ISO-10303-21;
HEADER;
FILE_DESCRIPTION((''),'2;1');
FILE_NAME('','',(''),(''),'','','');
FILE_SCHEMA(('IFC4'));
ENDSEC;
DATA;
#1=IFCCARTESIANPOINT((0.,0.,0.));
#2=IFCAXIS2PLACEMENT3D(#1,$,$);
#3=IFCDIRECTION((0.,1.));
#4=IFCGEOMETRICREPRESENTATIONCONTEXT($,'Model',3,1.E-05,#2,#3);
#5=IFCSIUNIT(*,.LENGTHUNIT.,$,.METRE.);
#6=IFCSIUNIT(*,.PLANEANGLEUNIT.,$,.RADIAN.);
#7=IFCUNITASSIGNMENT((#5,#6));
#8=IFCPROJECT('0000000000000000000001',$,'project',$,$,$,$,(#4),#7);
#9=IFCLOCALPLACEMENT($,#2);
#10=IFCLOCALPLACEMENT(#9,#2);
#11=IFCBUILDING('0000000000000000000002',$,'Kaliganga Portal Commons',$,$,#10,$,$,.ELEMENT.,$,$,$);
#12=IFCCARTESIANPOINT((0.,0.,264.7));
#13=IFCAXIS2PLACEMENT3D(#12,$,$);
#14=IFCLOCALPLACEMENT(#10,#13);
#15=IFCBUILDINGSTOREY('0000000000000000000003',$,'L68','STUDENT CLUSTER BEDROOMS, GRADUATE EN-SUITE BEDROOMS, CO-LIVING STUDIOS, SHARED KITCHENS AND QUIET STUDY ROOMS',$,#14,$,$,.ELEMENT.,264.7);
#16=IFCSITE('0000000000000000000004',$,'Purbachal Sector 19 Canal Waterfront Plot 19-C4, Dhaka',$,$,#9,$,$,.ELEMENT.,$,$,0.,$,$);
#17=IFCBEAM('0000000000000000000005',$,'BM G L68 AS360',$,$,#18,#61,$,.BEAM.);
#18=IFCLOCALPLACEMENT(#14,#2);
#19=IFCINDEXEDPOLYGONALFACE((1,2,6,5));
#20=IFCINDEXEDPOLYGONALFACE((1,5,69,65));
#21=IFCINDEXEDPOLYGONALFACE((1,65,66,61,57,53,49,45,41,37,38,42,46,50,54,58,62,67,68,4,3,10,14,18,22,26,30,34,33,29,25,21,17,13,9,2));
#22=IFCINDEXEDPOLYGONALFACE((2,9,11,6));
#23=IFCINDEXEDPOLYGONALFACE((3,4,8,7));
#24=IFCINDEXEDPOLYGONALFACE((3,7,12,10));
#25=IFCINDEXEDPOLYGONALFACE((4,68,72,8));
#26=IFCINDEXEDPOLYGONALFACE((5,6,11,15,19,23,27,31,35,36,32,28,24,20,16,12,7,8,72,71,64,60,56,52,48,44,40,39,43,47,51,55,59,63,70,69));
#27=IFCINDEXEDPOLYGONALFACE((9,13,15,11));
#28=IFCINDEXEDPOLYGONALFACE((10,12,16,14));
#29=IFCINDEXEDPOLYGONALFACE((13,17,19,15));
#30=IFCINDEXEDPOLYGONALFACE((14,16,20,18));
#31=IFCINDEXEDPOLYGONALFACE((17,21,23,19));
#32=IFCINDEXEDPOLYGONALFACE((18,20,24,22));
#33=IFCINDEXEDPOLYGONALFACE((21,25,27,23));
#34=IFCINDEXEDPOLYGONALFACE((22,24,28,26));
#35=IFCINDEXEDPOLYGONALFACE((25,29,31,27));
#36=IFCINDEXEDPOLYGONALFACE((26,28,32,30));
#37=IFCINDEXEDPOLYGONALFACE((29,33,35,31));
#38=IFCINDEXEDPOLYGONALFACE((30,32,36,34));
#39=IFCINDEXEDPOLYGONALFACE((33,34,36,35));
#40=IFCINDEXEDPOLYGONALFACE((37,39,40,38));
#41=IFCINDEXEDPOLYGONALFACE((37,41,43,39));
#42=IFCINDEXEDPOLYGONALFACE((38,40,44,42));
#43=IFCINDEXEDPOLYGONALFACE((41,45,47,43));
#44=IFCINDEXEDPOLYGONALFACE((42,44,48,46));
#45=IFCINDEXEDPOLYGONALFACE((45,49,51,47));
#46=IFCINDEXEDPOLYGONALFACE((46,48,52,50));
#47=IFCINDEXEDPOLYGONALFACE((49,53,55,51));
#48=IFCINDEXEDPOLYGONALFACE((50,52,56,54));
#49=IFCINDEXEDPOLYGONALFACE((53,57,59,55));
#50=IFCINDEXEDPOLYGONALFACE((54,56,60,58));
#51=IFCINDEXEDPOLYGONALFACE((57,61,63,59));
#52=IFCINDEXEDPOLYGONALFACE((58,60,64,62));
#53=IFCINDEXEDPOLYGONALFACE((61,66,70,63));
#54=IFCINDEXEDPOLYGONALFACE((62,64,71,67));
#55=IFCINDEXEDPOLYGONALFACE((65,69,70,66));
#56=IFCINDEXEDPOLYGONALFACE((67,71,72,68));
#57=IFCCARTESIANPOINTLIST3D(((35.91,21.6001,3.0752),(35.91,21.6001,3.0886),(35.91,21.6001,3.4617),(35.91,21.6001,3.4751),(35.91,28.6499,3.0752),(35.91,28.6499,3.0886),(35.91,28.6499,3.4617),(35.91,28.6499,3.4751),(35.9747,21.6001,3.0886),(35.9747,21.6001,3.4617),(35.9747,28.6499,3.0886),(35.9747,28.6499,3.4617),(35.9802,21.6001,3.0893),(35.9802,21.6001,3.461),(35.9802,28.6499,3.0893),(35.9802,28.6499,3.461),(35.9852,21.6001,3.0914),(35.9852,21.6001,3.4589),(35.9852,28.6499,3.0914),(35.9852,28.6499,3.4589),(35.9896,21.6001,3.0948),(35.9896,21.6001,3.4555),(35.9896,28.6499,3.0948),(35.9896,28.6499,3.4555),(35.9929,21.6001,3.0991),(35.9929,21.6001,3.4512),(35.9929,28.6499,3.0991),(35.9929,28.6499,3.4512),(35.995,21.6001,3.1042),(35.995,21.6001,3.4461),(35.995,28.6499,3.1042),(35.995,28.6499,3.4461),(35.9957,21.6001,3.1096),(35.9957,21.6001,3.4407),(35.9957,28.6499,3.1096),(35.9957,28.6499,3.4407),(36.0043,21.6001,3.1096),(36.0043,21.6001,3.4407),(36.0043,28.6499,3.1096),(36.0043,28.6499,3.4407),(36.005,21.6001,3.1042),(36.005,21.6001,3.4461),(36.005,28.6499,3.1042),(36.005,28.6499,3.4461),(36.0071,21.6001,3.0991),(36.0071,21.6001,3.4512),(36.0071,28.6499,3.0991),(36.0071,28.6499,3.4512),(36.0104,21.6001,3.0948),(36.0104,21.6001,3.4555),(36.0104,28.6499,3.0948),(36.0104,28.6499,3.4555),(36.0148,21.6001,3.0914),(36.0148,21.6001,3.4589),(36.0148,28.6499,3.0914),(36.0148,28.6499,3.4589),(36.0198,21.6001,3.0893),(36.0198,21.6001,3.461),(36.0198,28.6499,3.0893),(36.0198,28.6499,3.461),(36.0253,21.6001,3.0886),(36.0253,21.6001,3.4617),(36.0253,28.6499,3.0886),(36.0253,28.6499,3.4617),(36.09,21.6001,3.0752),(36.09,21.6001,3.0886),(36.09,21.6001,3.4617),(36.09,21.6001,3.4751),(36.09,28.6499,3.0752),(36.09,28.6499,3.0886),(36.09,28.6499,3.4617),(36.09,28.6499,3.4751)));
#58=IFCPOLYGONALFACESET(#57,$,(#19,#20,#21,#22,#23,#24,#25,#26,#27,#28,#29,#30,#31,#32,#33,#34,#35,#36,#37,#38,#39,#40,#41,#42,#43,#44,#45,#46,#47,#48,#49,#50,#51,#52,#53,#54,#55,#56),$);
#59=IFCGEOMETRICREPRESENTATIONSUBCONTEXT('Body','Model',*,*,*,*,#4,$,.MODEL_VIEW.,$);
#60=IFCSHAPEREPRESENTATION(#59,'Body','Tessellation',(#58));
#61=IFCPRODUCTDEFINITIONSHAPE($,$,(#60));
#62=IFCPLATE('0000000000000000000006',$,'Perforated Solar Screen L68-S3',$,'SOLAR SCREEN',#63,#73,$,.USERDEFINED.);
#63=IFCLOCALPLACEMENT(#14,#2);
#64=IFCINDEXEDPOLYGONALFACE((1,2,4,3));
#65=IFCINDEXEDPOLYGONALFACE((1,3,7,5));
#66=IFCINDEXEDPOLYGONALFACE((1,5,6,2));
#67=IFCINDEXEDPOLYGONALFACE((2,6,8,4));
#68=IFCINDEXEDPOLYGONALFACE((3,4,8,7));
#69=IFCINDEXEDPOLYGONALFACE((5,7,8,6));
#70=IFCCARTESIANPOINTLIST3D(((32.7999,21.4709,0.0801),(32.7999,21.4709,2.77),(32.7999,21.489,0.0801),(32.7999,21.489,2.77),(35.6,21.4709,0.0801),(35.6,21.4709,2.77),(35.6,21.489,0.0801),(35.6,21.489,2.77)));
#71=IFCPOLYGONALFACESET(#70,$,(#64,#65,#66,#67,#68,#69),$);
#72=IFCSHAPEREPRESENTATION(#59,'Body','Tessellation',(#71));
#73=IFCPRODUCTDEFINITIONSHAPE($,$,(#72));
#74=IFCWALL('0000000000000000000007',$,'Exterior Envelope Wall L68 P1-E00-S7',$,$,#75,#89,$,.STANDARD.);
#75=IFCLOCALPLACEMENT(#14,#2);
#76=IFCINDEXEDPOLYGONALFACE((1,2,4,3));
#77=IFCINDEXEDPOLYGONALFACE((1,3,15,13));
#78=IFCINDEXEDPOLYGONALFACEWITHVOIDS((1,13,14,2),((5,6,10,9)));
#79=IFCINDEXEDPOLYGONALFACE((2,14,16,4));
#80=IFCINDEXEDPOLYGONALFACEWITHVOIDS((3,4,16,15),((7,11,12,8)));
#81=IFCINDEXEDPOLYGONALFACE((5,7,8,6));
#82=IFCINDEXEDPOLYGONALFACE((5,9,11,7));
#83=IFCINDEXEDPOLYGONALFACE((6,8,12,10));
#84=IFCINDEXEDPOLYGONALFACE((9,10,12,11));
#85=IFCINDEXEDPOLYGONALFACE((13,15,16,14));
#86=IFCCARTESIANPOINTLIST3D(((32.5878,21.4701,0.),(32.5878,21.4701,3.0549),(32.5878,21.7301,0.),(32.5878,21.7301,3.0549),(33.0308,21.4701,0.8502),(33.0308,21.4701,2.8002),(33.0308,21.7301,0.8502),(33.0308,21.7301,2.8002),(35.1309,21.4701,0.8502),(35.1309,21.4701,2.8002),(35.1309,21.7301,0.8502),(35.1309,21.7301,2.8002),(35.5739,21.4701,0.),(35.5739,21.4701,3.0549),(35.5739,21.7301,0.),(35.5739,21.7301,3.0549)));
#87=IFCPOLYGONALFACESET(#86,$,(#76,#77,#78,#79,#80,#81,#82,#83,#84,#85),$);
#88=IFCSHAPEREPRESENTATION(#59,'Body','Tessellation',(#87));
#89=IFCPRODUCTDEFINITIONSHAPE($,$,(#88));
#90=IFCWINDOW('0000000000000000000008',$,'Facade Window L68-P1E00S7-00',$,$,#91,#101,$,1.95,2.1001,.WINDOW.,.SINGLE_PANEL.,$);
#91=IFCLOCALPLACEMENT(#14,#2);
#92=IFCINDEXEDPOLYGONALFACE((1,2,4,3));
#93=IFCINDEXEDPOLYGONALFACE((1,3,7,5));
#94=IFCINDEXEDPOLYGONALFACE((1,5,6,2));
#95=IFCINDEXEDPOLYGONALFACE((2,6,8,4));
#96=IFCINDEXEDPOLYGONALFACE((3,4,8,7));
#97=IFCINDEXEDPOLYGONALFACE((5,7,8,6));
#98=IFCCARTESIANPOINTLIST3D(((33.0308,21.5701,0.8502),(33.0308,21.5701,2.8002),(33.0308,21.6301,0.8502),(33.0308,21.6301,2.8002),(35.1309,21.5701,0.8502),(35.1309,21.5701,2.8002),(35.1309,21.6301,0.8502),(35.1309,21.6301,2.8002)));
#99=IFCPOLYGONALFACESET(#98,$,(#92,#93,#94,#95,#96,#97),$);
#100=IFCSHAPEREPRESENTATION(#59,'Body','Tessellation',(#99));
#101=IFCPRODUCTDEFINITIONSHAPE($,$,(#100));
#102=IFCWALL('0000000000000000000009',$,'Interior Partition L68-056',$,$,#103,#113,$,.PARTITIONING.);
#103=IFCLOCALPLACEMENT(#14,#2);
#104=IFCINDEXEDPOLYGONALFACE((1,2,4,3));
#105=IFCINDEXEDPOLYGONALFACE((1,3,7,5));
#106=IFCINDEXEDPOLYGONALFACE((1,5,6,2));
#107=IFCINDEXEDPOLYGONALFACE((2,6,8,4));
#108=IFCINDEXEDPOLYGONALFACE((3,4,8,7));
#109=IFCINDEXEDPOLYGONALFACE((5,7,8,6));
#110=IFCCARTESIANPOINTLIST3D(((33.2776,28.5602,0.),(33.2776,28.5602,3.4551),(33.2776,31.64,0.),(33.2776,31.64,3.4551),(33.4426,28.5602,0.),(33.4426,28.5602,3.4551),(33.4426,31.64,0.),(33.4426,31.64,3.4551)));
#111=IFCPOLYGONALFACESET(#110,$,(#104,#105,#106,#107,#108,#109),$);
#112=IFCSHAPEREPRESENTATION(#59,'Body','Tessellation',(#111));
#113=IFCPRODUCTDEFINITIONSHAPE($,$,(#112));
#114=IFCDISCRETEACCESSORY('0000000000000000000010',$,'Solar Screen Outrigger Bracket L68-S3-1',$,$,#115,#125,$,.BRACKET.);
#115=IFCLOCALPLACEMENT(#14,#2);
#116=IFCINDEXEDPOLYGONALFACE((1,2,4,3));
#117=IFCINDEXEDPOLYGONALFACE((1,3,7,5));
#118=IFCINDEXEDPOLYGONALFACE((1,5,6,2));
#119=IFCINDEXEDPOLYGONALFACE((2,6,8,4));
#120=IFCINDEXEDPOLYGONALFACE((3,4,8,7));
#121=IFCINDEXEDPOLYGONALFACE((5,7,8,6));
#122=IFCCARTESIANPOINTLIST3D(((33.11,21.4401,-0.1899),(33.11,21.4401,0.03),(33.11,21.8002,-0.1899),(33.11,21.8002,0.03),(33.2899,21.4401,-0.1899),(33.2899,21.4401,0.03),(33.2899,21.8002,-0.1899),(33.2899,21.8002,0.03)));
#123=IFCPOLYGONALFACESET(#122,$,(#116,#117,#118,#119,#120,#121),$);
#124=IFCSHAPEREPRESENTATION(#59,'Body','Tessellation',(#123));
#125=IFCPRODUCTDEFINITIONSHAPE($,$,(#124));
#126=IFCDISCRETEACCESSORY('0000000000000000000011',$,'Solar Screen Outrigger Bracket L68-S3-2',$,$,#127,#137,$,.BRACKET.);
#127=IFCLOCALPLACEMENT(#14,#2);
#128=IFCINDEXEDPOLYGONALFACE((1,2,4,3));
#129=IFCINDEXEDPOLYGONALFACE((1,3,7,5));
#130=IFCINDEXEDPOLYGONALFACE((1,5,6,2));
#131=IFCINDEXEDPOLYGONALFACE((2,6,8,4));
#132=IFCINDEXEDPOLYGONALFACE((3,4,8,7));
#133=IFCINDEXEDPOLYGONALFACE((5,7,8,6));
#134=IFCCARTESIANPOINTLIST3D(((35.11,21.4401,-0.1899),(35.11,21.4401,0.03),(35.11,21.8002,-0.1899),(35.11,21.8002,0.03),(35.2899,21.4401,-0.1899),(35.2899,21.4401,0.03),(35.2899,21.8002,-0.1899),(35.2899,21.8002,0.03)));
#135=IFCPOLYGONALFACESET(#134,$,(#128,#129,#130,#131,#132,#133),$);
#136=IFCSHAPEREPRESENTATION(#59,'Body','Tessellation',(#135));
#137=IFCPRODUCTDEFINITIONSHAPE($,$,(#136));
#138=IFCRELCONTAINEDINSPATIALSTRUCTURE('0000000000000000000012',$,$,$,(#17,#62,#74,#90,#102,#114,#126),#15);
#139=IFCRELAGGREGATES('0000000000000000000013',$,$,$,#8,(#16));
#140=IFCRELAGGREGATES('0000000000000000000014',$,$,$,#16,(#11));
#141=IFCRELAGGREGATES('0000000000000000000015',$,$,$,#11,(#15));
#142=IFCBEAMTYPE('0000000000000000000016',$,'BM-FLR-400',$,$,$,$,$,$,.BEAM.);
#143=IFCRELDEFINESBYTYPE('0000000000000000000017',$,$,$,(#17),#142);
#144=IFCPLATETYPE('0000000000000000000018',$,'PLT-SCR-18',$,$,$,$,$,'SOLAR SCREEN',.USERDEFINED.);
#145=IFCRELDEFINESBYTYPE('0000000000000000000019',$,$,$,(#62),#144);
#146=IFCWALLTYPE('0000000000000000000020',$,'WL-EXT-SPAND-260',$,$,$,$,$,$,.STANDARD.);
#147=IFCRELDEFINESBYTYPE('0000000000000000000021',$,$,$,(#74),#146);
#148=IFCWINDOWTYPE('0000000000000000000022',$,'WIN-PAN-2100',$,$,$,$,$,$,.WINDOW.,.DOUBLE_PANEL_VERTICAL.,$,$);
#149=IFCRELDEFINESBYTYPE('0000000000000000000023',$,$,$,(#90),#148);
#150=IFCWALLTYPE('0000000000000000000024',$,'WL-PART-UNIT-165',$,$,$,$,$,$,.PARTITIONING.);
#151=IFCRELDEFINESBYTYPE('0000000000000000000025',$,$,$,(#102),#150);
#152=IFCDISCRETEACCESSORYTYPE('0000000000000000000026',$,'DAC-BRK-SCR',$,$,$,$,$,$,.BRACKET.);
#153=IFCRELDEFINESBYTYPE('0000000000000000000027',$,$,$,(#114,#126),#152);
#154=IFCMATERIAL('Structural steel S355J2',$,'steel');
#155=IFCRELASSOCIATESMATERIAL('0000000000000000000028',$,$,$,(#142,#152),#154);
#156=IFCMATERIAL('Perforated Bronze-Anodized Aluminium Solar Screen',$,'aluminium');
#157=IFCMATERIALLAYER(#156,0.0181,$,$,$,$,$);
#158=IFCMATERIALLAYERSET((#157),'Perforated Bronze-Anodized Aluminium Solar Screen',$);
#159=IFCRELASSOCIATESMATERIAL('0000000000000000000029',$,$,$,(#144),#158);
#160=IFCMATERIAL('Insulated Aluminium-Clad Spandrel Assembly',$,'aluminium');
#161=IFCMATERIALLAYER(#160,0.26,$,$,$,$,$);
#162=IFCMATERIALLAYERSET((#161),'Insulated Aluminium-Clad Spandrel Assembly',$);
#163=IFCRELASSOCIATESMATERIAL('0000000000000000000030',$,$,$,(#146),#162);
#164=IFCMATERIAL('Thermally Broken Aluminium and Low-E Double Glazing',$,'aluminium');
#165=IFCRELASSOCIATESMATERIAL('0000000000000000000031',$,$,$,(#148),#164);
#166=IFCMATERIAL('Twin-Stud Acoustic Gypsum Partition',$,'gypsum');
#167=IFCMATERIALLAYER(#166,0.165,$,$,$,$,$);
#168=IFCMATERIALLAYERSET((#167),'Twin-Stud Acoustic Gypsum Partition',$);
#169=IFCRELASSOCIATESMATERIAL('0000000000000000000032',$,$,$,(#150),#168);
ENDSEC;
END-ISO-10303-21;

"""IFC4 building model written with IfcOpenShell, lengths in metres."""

from ifc_helpers import new_model, si_unit, direction, frame, frame_2d, origin, origin_2d, place, context, subcontext, project, spatial, rectangle, i_section, extrude, source, transform, mapped, material, layer, layer_set, material_profile, profile_set, type_object, element, fill, save


model = new_model("IFC4")

# Units and contexts
model_context = context("Model", 3, precision=1e-05, world=origin(), true_north=direction((0.0, 1.0)))
body_context = subcontext(model_context, "Body", "Model", "MODEL_VIEW")
ifc_project = project(units=[si_unit("LENGTHUNIT", "METRE"), si_unit("PLANEANGLEUNIT", "RADIAN")], contexts=[model_context])

# Site, building, storey
site_placement = place(None, origin())
site = spatial("IfcSite", under=ifc_project, at=site_placement, Name="Purbachal Sector 19 Canal Waterfront Plot 19-C4, Dhaka", CompositionType="ELEMENT", RefElevation=0.0)
building_placement = place(site_placement, origin())
building = spatial("IfcBuilding", under=site, at=building_placement, Name="Kaliganga Portal Commons", CompositionType="ELEMENT")
storey_placement = place(building_placement, frame((0.0, 0.0, 264.7)))
storey = spatial("IfcBuildingStorey", under=building, at=storey_placement, Name="L68", Description="STUDENT CLUSTER BEDROOMS, GRADUATE EN-SUITE BEDROOMS, CO-LIVING STUDIOS, SHARED KITCHENS AND QUIET STUDY ROOMS", CompositionType="ELEMENT", Elevation=264.7)

# Shared definitions
ifc_material_1 = material(Name="Structural steel S355J2", Category="steel")

# Beam
ifc_material_profile_1 = material_profile(ifc_material_1, i_section(OverallWidth=0.1799, OverallDepth=0.3999, WebThickness=0.0085, FlangeThickness=0.0134, FilletRadius=0.021, at=origin_2d()), Name="IPE 400")
ifc_profile_set_1 = profile_set([ifc_material_profile_1], Name="Structural steel S355J2 wide-flange")
beam_type_1 = type_object("IfcBeamType", Name="BM-FLR-400", PredefinedType="BEAM", material=ifc_profile_set_1)
shared_shape_1 = source(origin(), body_context, "Body", "SweptSolid", [
    extrude(i_section(OverallWidth=0.1799, OverallDepth=0.3999, WebThickness=0.0085, FlangeThickness=0.0134, FilletRadius=0.021, at=origin_2d()), origin(), (0.0, 0.0, 1.0), 7.0498),
])
beam_1_placement = place(storey_placement, frame((36.0, 21.6001, 3.2751), z_axis=(0.0, 1.0, 0.0), x_axis=(-1.0, 0.0, 0.0)))
element("IfcBeam", 1, at=beam_1_placement, inside=storey, type_object=beam_type_1, Name="BM G L68 AS360", PredefinedType="BEAM", context=body_context, shape_type="MappedRepresentation", body=[
    mapped(shared_shape_1, transform((0.0, 0.0, 0.0), x_axis=(1.0, 0.0, 0.0), y_axis=(0.0, 1.0, 0.0), z_axis=(0.0, 0.0, 1.0), scale=1.0)),
])

# Plate
ifc_material_2 = material(Name="Perforated Bronze-Anodized Aluminium Solar Screen", Category="aluminium")
ifc_layer_1 = layer(ifc_material_2, 0.0181)
ifc_layer_set_1 = layer_set([ifc_layer_1], Name="Perforated Bronze-Anodized Aluminium Solar Screen")
plate_type = type_object("IfcPlateType", Name="PLT-SCR-18", ElementType="SOLAR SCREEN", PredefinedType="USERDEFINED", material=ifc_layer_set_1)
shared_shape_2 = source(origin(), body_context, "Body", "SweptSolid", [
    extrude(rectangle(XDim=2.8, YDim=0.0181, at=origin_2d()), origin(), (0.0, 0.0, 1.0), 2.6899),
])
plate_placement = place(storey_placement, frame((34.2, 21.48, 0.0801), z_axis=(0.0, 0.0, 1.0), x_axis=(1.0, 0.0, 0.0)))
element("IfcPlate", 2, at=plate_placement, inside=storey, type_object=plate_type, Name="Perforated Solar Screen L68-S3", ObjectType="SOLAR SCREEN", PredefinedType="USERDEFINED", context=body_context, shape_type="MappedRepresentation", body=[
    mapped(shared_shape_2, transform((0.0, 0.0, 0.0), x_axis=(1.0, 0.0, 0.0), y_axis=(0.0, 1.0, 0.0), z_axis=(0.0, 0.0, 1.0), scale=1.0)),
])

# Wall, opening, window
ifc_material_3 = material(Name="Insulated Aluminium-Clad Spandrel Assembly", Category="aluminium")
ifc_layer_2 = layer(ifc_material_3, 0.26)
ifc_layer_set_2 = layer_set([ifc_layer_2], Name="Insulated Aluminium-Clad Spandrel Assembly")
wall_type_1 = type_object("IfcWallType", Name="WL-EXT-SPAND-260", PredefinedType="STANDARD", material=ifc_layer_set_2)
wall_1_placement = place(storey_placement, frame((35.574, 21.6001, 0.0), z_axis=(0.0, 0.0, 1.0), x_axis=(-1.0, 0.0, 0.0)))
wall_1 = element("IfcWall", 3, at=wall_1_placement, inside=storey, type_object=wall_type_1, Name="Exterior Envelope Wall L68 P1-E00-S7", PredefinedType="STANDARD", context=body_context, shape_type="SweptSolid", body=[
    extrude(rectangle(XDim=2.9861, YDim=0.26, at=frame_2d((1.4932, 0.0))), origin(), (0.0, 0.0, 1.0), 3.0549),
])
opening_1_placement = place(wall_1_placement, frame((0.4431, 0.0, 0.8501)))
opening_1 = element("IfcOpeningElement", 4, at=opening_1_placement, cuts=wall_1, PredefinedType="OPENING", context=body_context, shape_type="SweptSolid", body=[
    extrude(rectangle(XDim=2.1001, YDim=1.95, at=frame_2d((1.05, 0.9751))), frame((0.0, 0.1401, 0.0), z_axis=(0.0, -1.0, 0.0), x_axis=(1.0, 0.0, 0.0)), (0.0, 0.0, 1.0), 0.28),
])
ifc_material_4 = material(Name="Thermally Broken Aluminium and Low-E Double Glazing", Category="aluminium")
window_type = type_object("IfcWindowType", Name="WIN-PAN-2100", PartitioningType="DOUBLE_PANEL_VERTICAL", PredefinedType="WINDOW", material=ifc_material_4)
window_placement = place(opening_1_placement, origin())
window = element("IfcWindow", 5, at=window_placement, inside=storey, type_object=window_type, Name="Facade Window L68-P1E00S7-00", OverallHeight=1.95, OverallWidth=2.1001, PartitioningType="SINGLE_PANEL", PredefinedType="WINDOW", context=body_context, shape_type="SweptSolid", body=[
    extrude(rectangle(XDim=2.1001, YDim=1.95, at=frame_2d((1.05, 0.9751))), frame((0.0, 0.03, 0.0), z_axis=(0.0, -1.0, 0.0), x_axis=(1.0, 0.0, 0.0)), (0.0, 0.0, 1.0), 0.0601),
])
fill(opening_1, window)

# Wall
ifc_material_5 = material(Name="Twin-Stud Acoustic Gypsum Partition", Category="gypsum")
ifc_layer_3 = layer(ifc_material_5, 0.165)
ifc_layer_set_3 = layer_set([ifc_layer_3], Name="Twin-Stud Acoustic Gypsum Partition")
wall_type_2 = type_object("IfcWallType", Name="WL-PART-UNIT-165", PredefinedType="PARTITIONING", material=ifc_layer_set_3)
wall_2_placement = place(storey_placement, frame((33.3601, 28.5601, 0.0), z_axis=(0.0, 0.0, 1.0), x_axis=(0.0, 1.0, 0.0)))
element("IfcWall", 6, at=wall_2_placement, inside=storey, type_object=wall_type_2, Name="Interior Partition L68-056", PredefinedType="PARTITIONING", context=body_context, shape_type="SweptSolid", body=[
    extrude(rectangle(XDim=3.0798, YDim=0.165, at=frame_2d((1.54, 0.0))), origin(), (0.0, 0.0, 1.0), 3.4551),
])

# Discrete accessories
discrete_accessory_type = type_object("IfcDiscreteAccessoryType", Name="DAC-BRK-SCR", PredefinedType="BRACKET", material=ifc_material_1)
shared_shape_3 = source(origin(), body_context, "Body", "SweptSolid", [
    extrude(rectangle(XDim=0.1799, YDim=0.3601, at=origin_2d()), origin(), (0.0, 0.0, 1.0), 0.22),
])
for number, where, z_axis, x_axis, name in (
    (7, (33.2, 21.6201, -0.1899), (0.0, 0.0, 1.0), (1.0, 0.0, 0.0), "Solar Screen Outrigger Bracket L68-S3-1"),
    (8, (35.2, 21.6201, -0.1899), (0.0, 0.0, 1.0), (1.0, 0.0, 0.0), "Solar Screen Outrigger Bracket L68-S3-2"),
):
    element("IfcDiscreteAccessory", number, at=place(storey_placement, frame(where, z_axis=z_axis, x_axis=x_axis)), inside=storey, type_object=discrete_accessory_type, Name=name, PredefinedType="BRACKET", context=body_context, shape_type="MappedRepresentation", body=[
        mapped(shared_shape_3, transform((0.0, 0.0, 0.0), x_axis=(1.0, 0.0, 0.0), y_axis=(0.0, 1.0, 0.0), z_axis=(0.0, 0.0, 1.0), scale=1.0)),
    ])

save(model, "model.ifc")
